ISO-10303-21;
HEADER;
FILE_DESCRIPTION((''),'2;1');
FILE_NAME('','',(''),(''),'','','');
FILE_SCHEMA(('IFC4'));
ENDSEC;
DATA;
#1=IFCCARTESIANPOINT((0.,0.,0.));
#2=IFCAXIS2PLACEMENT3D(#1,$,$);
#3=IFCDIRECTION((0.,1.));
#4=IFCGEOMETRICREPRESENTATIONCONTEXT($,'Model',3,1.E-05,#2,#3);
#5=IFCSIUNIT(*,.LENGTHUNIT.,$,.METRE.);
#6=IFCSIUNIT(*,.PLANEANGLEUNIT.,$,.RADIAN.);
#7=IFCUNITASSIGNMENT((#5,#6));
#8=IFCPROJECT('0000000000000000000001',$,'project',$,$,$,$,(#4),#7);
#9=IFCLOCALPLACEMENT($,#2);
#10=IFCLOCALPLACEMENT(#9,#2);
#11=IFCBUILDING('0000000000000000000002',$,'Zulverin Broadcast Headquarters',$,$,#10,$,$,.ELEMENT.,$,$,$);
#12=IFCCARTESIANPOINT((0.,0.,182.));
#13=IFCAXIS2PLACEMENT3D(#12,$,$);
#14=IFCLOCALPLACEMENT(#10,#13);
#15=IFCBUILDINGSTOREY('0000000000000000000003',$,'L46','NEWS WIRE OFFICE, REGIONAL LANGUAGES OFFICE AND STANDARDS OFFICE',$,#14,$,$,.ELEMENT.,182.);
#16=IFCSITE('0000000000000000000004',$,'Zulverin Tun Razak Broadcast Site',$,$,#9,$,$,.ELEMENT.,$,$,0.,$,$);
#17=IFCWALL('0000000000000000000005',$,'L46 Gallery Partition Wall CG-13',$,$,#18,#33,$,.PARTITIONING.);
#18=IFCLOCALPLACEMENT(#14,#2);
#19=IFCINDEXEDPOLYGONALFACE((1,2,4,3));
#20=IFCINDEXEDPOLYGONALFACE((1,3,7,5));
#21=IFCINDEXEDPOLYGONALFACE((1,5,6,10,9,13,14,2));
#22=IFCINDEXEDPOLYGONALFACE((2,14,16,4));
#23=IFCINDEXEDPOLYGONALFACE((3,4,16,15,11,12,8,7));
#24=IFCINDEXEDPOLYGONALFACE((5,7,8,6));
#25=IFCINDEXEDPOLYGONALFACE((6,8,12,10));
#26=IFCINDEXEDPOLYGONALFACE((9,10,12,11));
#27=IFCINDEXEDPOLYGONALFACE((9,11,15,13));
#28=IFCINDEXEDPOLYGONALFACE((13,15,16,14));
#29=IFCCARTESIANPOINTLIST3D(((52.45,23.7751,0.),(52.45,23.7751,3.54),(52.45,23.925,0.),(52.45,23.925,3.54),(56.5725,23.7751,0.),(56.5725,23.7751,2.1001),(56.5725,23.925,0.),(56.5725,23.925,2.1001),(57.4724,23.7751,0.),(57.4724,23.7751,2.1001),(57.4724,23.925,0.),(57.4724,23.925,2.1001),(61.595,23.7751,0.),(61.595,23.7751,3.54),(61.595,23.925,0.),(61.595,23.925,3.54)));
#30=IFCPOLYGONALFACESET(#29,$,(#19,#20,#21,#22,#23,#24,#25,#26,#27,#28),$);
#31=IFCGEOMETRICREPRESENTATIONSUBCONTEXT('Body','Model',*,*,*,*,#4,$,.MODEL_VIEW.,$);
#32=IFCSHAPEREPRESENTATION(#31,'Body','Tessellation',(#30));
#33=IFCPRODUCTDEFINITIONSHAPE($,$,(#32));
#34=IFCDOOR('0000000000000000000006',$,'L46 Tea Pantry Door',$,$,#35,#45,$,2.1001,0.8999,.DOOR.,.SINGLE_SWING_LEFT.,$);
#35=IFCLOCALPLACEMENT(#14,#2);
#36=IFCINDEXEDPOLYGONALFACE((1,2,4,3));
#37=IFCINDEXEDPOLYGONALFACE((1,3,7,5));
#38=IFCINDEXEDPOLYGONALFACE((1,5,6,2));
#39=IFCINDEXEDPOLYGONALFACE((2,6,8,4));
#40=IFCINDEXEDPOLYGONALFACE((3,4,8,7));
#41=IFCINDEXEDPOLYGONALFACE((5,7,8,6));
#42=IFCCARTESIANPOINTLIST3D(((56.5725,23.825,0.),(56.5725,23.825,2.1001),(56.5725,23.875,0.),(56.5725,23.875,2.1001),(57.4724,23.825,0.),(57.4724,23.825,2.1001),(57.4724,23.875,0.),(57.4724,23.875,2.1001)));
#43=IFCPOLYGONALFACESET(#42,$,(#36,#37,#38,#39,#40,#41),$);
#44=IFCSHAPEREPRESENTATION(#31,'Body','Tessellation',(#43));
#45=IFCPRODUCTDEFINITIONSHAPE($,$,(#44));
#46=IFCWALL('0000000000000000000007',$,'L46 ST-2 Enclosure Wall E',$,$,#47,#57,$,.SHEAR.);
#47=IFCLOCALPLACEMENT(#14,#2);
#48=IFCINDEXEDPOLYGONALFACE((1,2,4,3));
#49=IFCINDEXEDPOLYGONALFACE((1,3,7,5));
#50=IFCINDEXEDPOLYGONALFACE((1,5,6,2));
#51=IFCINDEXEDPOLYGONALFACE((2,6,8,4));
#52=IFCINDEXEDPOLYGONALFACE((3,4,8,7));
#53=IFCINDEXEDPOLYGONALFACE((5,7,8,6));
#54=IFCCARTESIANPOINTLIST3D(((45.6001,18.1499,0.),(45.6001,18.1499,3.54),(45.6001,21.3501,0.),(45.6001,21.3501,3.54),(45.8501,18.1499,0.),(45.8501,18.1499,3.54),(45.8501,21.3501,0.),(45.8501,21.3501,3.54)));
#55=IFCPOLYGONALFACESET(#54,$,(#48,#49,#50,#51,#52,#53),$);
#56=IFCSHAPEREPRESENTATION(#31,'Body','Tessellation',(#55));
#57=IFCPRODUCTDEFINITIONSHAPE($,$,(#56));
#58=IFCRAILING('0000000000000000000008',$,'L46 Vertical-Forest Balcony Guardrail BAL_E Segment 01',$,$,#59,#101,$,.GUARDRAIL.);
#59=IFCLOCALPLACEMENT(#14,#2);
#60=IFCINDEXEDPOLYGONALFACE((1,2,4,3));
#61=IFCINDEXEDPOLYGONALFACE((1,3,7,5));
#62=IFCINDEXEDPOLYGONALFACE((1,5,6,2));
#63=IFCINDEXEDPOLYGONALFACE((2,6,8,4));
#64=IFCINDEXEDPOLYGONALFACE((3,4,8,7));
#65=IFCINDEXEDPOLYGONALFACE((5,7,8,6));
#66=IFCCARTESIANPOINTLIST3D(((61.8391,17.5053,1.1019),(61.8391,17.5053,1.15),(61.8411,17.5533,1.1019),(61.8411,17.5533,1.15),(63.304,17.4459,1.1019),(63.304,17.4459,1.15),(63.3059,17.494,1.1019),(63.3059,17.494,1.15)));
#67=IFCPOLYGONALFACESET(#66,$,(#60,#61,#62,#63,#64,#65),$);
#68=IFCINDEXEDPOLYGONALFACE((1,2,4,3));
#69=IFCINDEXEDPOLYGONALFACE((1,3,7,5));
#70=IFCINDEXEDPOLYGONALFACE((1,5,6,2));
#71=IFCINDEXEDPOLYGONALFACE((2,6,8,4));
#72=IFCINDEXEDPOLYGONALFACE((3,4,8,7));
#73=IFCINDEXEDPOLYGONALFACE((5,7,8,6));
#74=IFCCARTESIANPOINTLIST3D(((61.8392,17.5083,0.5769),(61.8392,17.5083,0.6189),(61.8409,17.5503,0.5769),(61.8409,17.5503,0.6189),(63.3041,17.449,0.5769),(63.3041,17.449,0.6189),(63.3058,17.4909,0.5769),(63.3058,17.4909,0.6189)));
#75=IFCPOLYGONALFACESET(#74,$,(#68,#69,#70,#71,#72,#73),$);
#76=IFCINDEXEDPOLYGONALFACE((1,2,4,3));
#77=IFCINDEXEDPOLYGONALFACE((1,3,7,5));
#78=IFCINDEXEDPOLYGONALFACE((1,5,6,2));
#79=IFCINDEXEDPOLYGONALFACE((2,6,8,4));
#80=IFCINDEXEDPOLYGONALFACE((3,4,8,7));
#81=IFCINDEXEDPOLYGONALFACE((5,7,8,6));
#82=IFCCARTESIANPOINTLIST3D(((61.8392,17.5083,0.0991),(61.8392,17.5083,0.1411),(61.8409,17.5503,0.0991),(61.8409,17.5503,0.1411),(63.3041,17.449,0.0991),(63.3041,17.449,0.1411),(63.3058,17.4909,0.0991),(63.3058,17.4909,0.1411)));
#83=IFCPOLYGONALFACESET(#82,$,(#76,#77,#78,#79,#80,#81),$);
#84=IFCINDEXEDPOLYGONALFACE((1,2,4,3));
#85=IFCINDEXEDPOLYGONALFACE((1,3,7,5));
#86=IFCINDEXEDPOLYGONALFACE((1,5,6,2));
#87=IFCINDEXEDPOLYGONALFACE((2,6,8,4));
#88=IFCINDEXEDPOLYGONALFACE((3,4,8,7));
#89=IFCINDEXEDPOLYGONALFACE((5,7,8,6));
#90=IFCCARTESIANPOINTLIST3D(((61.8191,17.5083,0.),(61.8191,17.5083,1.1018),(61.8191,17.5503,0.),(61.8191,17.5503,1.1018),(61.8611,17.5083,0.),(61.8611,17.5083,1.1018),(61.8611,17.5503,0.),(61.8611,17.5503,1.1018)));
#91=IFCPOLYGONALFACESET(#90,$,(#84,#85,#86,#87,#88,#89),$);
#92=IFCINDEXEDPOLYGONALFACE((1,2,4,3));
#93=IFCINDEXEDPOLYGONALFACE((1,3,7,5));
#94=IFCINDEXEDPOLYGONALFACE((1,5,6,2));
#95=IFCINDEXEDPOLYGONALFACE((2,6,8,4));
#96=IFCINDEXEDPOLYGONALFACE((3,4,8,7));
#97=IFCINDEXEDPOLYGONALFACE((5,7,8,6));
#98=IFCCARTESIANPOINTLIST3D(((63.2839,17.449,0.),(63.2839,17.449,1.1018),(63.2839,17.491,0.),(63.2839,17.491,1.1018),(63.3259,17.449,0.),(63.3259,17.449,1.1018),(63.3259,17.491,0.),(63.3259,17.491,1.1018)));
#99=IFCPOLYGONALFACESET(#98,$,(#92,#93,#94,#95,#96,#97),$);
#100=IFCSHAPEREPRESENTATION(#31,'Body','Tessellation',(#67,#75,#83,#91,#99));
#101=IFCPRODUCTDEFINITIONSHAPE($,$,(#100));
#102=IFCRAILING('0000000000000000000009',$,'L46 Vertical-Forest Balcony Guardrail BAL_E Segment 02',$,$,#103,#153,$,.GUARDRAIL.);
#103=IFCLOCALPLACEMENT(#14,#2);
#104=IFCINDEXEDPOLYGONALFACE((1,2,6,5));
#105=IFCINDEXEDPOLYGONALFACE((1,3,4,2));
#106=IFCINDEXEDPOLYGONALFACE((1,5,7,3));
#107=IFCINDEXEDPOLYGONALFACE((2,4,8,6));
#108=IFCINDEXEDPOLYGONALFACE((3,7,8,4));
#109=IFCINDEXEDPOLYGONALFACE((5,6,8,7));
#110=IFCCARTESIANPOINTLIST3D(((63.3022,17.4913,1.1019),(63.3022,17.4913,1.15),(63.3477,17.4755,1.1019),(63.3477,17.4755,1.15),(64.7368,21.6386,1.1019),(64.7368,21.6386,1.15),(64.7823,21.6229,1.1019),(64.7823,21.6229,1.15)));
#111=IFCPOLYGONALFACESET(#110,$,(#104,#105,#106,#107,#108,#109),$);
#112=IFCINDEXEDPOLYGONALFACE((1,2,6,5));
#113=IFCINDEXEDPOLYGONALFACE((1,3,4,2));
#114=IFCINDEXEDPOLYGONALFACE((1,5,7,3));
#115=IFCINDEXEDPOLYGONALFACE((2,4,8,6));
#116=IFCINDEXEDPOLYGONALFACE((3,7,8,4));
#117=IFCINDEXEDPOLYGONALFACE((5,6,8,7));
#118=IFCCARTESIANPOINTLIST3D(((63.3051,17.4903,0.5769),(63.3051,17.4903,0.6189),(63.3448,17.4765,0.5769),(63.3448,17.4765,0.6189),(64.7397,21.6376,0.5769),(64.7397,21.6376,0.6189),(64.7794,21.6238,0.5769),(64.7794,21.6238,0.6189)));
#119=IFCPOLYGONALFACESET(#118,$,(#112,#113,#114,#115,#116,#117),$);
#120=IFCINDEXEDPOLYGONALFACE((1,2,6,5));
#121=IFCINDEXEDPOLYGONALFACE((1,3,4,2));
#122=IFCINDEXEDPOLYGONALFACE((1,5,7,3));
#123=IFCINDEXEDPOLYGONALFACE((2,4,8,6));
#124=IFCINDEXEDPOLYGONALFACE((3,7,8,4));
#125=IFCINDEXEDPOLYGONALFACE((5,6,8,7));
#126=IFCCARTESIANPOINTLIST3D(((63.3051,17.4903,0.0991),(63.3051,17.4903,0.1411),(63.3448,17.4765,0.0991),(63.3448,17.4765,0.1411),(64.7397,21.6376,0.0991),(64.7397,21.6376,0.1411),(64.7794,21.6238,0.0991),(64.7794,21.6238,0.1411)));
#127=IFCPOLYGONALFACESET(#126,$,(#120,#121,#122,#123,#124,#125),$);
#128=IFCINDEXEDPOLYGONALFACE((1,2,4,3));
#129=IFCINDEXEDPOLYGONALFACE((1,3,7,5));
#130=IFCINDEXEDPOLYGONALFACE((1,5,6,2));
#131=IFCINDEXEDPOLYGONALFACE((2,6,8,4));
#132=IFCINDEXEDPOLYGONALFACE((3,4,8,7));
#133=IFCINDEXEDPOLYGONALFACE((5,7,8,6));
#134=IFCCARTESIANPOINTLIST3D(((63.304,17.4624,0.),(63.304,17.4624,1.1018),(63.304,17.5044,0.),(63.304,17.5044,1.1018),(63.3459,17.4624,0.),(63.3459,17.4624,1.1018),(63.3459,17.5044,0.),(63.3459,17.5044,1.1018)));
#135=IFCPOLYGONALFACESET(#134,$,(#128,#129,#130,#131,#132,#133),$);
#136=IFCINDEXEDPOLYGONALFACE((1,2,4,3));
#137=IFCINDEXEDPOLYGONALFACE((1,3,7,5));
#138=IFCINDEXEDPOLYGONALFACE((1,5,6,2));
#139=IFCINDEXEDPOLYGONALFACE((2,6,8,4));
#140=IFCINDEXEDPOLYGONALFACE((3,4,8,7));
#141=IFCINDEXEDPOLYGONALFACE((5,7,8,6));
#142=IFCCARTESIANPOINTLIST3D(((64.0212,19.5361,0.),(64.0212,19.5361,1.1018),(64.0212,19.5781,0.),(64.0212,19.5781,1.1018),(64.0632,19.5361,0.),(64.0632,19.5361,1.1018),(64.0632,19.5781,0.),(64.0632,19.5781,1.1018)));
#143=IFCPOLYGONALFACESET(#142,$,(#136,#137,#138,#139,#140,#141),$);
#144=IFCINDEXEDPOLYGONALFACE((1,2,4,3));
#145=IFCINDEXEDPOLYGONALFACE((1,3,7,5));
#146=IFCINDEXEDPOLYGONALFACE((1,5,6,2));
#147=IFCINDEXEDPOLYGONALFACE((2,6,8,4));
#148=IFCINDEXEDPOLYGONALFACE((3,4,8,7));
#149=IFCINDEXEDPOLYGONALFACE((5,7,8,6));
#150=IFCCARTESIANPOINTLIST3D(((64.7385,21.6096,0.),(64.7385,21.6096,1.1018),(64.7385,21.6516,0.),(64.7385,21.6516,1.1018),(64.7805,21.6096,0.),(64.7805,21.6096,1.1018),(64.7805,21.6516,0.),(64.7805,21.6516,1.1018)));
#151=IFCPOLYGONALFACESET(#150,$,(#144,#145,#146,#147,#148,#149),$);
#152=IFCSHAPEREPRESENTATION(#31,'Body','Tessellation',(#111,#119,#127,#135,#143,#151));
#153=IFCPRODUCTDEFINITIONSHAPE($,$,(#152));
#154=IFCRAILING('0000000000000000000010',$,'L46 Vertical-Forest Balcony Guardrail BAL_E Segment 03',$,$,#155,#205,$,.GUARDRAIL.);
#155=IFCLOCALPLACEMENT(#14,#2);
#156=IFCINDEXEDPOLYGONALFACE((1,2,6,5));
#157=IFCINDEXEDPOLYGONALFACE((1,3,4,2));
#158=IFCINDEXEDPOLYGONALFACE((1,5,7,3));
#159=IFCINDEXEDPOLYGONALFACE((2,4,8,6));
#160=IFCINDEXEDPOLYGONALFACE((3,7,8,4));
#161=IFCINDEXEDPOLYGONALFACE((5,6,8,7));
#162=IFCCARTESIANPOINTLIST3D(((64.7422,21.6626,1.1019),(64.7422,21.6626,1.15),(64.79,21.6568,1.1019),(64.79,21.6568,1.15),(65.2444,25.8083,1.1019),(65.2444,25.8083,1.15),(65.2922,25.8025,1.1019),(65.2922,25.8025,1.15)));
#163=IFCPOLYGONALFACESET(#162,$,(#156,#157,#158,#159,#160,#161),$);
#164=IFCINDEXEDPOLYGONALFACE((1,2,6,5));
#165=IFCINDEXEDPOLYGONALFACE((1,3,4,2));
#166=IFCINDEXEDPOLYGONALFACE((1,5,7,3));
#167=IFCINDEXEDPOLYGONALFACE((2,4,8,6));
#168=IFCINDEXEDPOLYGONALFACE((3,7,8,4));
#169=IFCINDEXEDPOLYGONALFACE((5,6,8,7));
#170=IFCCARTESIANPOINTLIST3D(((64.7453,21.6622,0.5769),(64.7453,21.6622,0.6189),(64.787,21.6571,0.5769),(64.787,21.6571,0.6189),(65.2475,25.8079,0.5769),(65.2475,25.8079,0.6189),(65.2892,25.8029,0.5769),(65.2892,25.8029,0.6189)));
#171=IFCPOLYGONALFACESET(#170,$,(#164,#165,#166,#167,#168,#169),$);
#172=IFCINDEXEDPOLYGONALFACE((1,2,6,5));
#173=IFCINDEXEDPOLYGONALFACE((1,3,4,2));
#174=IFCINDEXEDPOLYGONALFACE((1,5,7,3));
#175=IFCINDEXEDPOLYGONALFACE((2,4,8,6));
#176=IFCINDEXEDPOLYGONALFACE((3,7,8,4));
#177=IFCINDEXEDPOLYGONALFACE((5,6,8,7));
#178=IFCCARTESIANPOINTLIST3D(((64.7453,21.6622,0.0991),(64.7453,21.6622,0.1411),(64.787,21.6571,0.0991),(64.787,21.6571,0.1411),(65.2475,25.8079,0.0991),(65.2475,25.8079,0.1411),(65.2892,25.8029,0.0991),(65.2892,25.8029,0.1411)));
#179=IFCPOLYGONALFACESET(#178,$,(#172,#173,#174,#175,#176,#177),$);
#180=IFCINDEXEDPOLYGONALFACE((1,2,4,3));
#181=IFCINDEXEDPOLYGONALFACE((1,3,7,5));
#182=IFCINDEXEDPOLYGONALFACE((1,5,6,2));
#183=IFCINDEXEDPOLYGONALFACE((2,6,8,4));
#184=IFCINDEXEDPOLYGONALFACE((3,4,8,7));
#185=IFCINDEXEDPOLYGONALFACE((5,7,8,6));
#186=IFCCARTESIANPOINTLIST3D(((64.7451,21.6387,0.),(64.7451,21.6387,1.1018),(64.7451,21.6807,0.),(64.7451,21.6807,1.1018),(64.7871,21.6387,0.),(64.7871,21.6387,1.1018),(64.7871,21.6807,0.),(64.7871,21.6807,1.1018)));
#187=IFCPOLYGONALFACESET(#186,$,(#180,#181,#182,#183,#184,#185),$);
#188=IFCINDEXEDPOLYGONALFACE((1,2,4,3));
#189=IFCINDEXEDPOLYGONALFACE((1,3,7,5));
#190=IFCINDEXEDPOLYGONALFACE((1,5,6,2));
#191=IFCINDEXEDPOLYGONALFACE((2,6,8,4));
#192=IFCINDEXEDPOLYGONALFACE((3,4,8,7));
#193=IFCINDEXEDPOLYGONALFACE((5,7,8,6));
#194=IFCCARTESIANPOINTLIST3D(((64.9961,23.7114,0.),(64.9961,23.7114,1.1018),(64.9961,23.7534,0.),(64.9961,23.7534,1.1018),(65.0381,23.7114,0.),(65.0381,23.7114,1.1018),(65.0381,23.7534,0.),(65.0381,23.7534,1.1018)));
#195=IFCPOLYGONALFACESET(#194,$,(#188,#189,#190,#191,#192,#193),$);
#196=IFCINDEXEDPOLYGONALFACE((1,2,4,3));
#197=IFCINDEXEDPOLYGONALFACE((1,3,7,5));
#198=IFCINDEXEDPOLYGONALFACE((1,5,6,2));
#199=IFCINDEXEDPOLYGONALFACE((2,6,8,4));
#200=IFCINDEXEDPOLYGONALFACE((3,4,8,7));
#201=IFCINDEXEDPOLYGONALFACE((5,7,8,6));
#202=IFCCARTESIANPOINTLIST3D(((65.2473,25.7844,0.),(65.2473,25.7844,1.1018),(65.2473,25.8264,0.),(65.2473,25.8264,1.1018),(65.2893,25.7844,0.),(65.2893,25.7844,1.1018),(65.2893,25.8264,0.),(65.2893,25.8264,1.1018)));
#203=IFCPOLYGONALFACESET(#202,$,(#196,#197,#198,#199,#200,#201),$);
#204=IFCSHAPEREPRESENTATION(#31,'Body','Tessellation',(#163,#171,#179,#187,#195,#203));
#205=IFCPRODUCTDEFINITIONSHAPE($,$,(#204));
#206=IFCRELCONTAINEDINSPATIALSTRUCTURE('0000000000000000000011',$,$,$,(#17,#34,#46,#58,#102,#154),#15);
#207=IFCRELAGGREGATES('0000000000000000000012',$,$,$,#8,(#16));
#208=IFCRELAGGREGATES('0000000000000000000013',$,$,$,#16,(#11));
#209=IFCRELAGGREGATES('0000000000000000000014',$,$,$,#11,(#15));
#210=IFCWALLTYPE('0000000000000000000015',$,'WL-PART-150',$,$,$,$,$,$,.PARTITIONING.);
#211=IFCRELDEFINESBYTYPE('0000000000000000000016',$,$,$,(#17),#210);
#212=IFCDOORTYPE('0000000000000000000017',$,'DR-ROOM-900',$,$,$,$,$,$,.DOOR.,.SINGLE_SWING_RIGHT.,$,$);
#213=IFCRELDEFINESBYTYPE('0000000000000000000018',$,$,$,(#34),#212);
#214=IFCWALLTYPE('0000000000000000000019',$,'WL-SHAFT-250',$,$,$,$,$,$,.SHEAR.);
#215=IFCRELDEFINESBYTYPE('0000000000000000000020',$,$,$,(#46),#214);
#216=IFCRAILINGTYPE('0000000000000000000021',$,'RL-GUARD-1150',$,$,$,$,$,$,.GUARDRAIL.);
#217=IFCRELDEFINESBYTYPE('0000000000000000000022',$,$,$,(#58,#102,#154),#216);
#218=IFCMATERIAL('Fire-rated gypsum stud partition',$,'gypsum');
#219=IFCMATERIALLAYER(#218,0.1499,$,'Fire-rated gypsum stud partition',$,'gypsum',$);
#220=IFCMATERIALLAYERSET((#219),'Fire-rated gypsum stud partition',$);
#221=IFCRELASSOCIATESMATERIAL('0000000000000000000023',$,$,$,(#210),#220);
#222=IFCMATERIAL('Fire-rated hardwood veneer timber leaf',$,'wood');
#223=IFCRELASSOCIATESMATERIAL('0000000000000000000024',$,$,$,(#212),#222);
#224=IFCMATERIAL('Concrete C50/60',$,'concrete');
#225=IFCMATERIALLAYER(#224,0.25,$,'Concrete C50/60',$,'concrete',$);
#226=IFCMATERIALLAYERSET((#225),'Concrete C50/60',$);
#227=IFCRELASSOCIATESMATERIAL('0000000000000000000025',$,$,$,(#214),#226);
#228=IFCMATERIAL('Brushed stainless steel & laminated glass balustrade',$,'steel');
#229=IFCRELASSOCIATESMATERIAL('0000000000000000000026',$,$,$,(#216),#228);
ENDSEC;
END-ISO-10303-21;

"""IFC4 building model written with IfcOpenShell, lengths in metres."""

from ifc_helpers import new_model, si_unit, direction, frame, frame_2d, origin, origin_2d, place, context, subcontext, project, spatial, rectangle, extrude, material, layer, layer_set, type_object, element, fill, save


model = new_model("IFC4")

# Units and contexts
model_context = context("Model", 3, precision=1e-05, world=origin(), true_north=direction((0.0, 1.0)))
body_context = subcontext(model_context, "Body", "Model", "MODEL_VIEW")
ifc_project = project(units=[si_unit("LENGTHUNIT", "METRE"), si_unit("PLANEANGLEUNIT", "RADIAN")], contexts=[model_context])

# Site, building, storey
site_placement = place(None, origin())
site = spatial("IfcSite", under=ifc_project, at=site_placement, Name="Zulverin Tun Razak Broadcast Site", CompositionType="ELEMENT", RefElevation=0.0)
building_placement = place(site_placement, origin())
building = spatial("IfcBuilding", under=site, at=building_placement, Name="Zulverin Broadcast Headquarters", CompositionType="ELEMENT")
storey_placement = place(building_placement, frame((0.0, 0.0, 182.0)))
storey = spatial("IfcBuildingStorey", under=building, at=storey_placement, Name="L46", Description="NEWS WIRE OFFICE, REGIONAL LANGUAGES OFFICE AND STANDARDS OFFICE", CompositionType="ELEMENT", Elevation=182.0)

# Shared definitions
ifc_material_1 = material(Name="Concrete C50/60", Category="concrete")

# Shared definitions
ifc_material_2 = material(Name="Fire-rated gypsum stud partition", Category="gypsum")
ifc_layer_1 = layer(ifc_material_2, 0.1499, Name="Fire-rated gypsum stud partition", Category="gypsum")
ifc_layer_set_1 = layer_set([ifc_layer_1], Name="Fire-rated gypsum stud partition")
wall_type_1 = type_object("IfcWallType", Name="WL-PART-150", PredefinedType="PARTITIONING", material=ifc_layer_set_1)

# Wall, opening, door
wall_1_placement = place(storey_placement, frame((52.45, 23.8501, 0.0), z_axis=(0.0, 0.0, 1.0), x_axis=(1.0, 0.0, 0.0)))
wall_1 = element("IfcWall", 1, at=wall_1_placement, inside=storey, type_object=wall_type_1, Name="L46 Gallery Partition Wall CG-13", PredefinedType="PARTITIONING", context=body_context, shape_type="SweptSolid", body=[
    extrude(rectangle(XDim=9.145, YDim=0.1499, at=frame_2d((4.5725, 0.0))), origin(), (0.0, 0.0, 1.0), 3.54),
])
opening_1_placement = place(wall_1_placement, frame((4.1226, 0.0, 0.0)))
opening_1 = element("IfcOpeningElement", 2, at=opening_1_placement, cuts=wall_1, PredefinedType="OPENING", context=body_context, shape_type="SweptSolid", body=[
    extrude(rectangle(XDim=0.8999, YDim=2.1001, at=frame_2d((0.45, 1.05))), frame((0.0, 0.085, 0.0), z_axis=(0.0, -1.0, 0.0), x_axis=(1.0, 0.0, 0.0)), (0.0, 0.0, 1.0), 0.1699),
])
ifc_material_3 = material(Name="Fire-rated hardwood veneer timber leaf", Category="wood")
door_type_1 = type_object("IfcDoorType", Name="DR-ROOM-900", OperationType="SINGLE_SWING_RIGHT", PredefinedType="DOOR", material=ifc_material_3)
door_1_placement = place(opening_1_placement, origin())
door_1 = element("IfcDoor", 3, at=door_1_placement, inside=storey, type_object=door_type_1, Name="L46 Tea Pantry Door", OperationType="SINGLE_SWING_LEFT", OverallHeight=2.1001, OverallWidth=0.8999, PredefinedType="DOOR", context=body_context, shape_type="SweptSolid", body=[
    extrude(rectangle(XDim=0.8999, YDim=2.1001, at=frame_2d((0.45, 1.05))), frame((0.0, 0.0249, 0.0), z_axis=(0.0, -1.0, 0.0), x_axis=(1.0, 0.0, 0.0)), (0.0, 0.0, 1.0), 0.05),
])
fill(opening_1, door_1)

# Wall
ifc_layer_2 = layer(ifc_material_1, 0.25, Name="Concrete C50/60", Category="concrete")
ifc_layer_set_2 = layer_set([ifc_layer_2], Name="Concrete C50/60")
wall_type_2 = type_object("IfcWallType", Name="WL-SHAFT-250", PredefinedType="SHEAR", material=ifc_layer_set_2)
wall_2_placement = place(storey_placement, frame((45.7251, 18.1499, 0.0), z_axis=(0.0, 0.0, 1.0), x_axis=(0.0, 1.0, 0.0)))
element("IfcWall", 4, at=wall_2_placement, inside=storey, type_object=wall_type_2, Name="L46 ST-2 Enclosure Wall E", PredefinedType="SHEAR", context=body_context, shape_type="SweptSolid", body=[
    extrude(rectangle(XDim=3.2002, YDim=0.25, at=frame_2d((1.6001, 0.0))), origin(), (0.0, 0.0, 1.0), 3.54),
])

# Railings
ifc_material_4 = material(Name="Brushed stainless steel & laminated glass balustrade", Category="steel")
railing_type = type_object("IfcRailingType", Name="RL-GUARD-1150", PredefinedType="GUARDRAIL", material=ifc_material_4)
railing_1_placement = place(storey_placement, frame((61.8401, 17.5293, 0.0)))
element("IfcRailing", 5, at=railing_1_placement, inside=storey, type_object=railing_type, Name="L46 Vertical-Forest Balcony Guardrail BAL_E Segment 01", PredefinedType="GUARDRAIL", context=body_context, shape_type="SweptSolid", body=[
    extrude(rectangle(XDim=0.0481, YDim=0.0481, at=origin_2d()), frame((0.0, 0.0, 1.126), z_axis=(0.999181, -0.040467, 0.0), x_axis=(0.040467, 0.999181, 0.0)), (0.0, 0.0, 1.0), 1.4661),
    extrude(rectangle(XDim=0.042, YDim=0.042, at=origin_2d()), frame((0.0, 0.0, 0.5979), z_axis=(0.999181, -0.040467, 0.0), x_axis=(0.040467, 0.999181, 0.0)), (0.0, 0.0, 1.0), 1.4661),
    extrude(rectangle(XDim=0.042, YDim=0.042, at=origin_2d()), frame((0.0, 0.0, 0.1201), z_axis=(0.999181, -0.040467, 0.0), x_axis=(0.040467, 0.999181, 0.0)), (0.0, 0.0, 1.0), 1.4661),
    extrude(rectangle(XDim=0.042, YDim=0.042, at=origin_2d()), origin(), (0.0, 0.0, 1.0), 1.1018),
    extrude(rectangle(XDim=0.042, YDim=0.042, at=origin_2d()), frame((1.4648, -0.0593, 0.0)), (0.0, 0.0, 1.0), 1.1018),
])
railing_2_placement = place(storey_placement, frame((63.325, 17.4834, 0.0)))
element("IfcRailing", 6, at=railing_2_placement, inside=storey, type_object=railing_type, Name="L46 Vertical-Forest Balcony Guardrail BAL_E Segment 02", PredefinedType="GUARDRAIL", context=body_context, shape_type="SweptSolid", body=[
    extrude(rectangle(XDim=0.0481, YDim=0.0481, at=origin_2d()), frame((0.0, 0.0, 1.126), z_axis=(0.326906, 0.945057, 0.0), x_axis=(-0.945057, 0.326906, 0.0)), (0.0, 0.0, 1.0), 4.3884),
    extrude(rectangle(XDim=0.042, YDim=0.042, at=origin_2d()), frame((0.0, 0.0, 0.5979), z_axis=(0.326906, 0.945057, 0.0), x_axis=(-0.945057, 0.326906, 0.0)), (0.0, 0.0, 1.0), 4.3884),
    extrude(rectangle(XDim=0.042, YDim=0.042, at=origin_2d()), frame((0.0, 0.0, 0.1201), z_axis=(0.326906, 0.945057, 0.0), x_axis=(-0.945057, 0.326906, 0.0)), (0.0, 0.0, 1.0), 4.3884),
    extrude(rectangle(XDim=0.042, YDim=0.042, at=origin_2d()), origin(), (0.0, 0.0, 1.0), 1.1018),
    extrude(rectangle(XDim=0.042, YDim=0.042, at=origin_2d()), frame((0.7173, 2.0737, 0.0)), (0.0, 0.0, 1.0), 1.1018),
    extrude(rectangle(XDim=0.042, YDim=0.042, at=origin_2d()), frame((1.4346, 4.1472, 0.0)), (0.0, 0.0, 1.0), 1.1018),
])
railing_3_placement = place(storey_placement, frame((64.7661, 21.6597, 0.0)))
element("IfcRailing", 7, at=railing_3_placement, inside=storey, type_object=railing_type, Name="L46 Vertical-Forest Balcony Guardrail BAL_E Segment 03", PredefinedType="GUARDRAIL", context=body_context, shape_type="SweptSolid", body=[
    extrude(rectangle(XDim=0.0481, YDim=0.0481, at=origin_2d()), frame((0.0, 0.0, 1.126), z_axis=(0.120256, 0.992743, 0.0), x_axis=(-0.992743, 0.120256, 0.0)), (0.0, 0.0, 1.0), 4.176),
    extrude(rectangle(XDim=0.042, YDim=0.042, at=origin_2d()), frame((0.0, 0.0, 0.5979), z_axis=(0.120256, 0.992743, 0.0), x_axis=(-0.992743, 0.120256, 0.0)), (0.0, 0.0, 1.0), 4.176),
    extrude(rectangle(XDim=0.042, YDim=0.042, at=origin_2d()), frame((0.0, 0.0, 0.1201), z_axis=(0.120256, 0.992743, 0.0), x_axis=(-0.992743, 0.120256, 0.0)), (0.0, 0.0, 1.0), 4.176),
    extrude(rectangle(XDim=0.042, YDim=0.042, at=origin_2d()), origin(), (0.0, 0.0, 1.0), 1.1018),
    extrude(rectangle(XDim=0.042, YDim=0.042, at=origin_2d()), frame((0.251, 2.0728, 0.0)), (0.0, 0.0, 1.0), 1.1018),
    extrude(rectangle(XDim=0.042, YDim=0.042, at=origin_2d()), frame((0.5022, 4.1458, 0.0)), (0.0, 0.0, 1.0), 1.1018),
])

save(model, "model.ifc")
